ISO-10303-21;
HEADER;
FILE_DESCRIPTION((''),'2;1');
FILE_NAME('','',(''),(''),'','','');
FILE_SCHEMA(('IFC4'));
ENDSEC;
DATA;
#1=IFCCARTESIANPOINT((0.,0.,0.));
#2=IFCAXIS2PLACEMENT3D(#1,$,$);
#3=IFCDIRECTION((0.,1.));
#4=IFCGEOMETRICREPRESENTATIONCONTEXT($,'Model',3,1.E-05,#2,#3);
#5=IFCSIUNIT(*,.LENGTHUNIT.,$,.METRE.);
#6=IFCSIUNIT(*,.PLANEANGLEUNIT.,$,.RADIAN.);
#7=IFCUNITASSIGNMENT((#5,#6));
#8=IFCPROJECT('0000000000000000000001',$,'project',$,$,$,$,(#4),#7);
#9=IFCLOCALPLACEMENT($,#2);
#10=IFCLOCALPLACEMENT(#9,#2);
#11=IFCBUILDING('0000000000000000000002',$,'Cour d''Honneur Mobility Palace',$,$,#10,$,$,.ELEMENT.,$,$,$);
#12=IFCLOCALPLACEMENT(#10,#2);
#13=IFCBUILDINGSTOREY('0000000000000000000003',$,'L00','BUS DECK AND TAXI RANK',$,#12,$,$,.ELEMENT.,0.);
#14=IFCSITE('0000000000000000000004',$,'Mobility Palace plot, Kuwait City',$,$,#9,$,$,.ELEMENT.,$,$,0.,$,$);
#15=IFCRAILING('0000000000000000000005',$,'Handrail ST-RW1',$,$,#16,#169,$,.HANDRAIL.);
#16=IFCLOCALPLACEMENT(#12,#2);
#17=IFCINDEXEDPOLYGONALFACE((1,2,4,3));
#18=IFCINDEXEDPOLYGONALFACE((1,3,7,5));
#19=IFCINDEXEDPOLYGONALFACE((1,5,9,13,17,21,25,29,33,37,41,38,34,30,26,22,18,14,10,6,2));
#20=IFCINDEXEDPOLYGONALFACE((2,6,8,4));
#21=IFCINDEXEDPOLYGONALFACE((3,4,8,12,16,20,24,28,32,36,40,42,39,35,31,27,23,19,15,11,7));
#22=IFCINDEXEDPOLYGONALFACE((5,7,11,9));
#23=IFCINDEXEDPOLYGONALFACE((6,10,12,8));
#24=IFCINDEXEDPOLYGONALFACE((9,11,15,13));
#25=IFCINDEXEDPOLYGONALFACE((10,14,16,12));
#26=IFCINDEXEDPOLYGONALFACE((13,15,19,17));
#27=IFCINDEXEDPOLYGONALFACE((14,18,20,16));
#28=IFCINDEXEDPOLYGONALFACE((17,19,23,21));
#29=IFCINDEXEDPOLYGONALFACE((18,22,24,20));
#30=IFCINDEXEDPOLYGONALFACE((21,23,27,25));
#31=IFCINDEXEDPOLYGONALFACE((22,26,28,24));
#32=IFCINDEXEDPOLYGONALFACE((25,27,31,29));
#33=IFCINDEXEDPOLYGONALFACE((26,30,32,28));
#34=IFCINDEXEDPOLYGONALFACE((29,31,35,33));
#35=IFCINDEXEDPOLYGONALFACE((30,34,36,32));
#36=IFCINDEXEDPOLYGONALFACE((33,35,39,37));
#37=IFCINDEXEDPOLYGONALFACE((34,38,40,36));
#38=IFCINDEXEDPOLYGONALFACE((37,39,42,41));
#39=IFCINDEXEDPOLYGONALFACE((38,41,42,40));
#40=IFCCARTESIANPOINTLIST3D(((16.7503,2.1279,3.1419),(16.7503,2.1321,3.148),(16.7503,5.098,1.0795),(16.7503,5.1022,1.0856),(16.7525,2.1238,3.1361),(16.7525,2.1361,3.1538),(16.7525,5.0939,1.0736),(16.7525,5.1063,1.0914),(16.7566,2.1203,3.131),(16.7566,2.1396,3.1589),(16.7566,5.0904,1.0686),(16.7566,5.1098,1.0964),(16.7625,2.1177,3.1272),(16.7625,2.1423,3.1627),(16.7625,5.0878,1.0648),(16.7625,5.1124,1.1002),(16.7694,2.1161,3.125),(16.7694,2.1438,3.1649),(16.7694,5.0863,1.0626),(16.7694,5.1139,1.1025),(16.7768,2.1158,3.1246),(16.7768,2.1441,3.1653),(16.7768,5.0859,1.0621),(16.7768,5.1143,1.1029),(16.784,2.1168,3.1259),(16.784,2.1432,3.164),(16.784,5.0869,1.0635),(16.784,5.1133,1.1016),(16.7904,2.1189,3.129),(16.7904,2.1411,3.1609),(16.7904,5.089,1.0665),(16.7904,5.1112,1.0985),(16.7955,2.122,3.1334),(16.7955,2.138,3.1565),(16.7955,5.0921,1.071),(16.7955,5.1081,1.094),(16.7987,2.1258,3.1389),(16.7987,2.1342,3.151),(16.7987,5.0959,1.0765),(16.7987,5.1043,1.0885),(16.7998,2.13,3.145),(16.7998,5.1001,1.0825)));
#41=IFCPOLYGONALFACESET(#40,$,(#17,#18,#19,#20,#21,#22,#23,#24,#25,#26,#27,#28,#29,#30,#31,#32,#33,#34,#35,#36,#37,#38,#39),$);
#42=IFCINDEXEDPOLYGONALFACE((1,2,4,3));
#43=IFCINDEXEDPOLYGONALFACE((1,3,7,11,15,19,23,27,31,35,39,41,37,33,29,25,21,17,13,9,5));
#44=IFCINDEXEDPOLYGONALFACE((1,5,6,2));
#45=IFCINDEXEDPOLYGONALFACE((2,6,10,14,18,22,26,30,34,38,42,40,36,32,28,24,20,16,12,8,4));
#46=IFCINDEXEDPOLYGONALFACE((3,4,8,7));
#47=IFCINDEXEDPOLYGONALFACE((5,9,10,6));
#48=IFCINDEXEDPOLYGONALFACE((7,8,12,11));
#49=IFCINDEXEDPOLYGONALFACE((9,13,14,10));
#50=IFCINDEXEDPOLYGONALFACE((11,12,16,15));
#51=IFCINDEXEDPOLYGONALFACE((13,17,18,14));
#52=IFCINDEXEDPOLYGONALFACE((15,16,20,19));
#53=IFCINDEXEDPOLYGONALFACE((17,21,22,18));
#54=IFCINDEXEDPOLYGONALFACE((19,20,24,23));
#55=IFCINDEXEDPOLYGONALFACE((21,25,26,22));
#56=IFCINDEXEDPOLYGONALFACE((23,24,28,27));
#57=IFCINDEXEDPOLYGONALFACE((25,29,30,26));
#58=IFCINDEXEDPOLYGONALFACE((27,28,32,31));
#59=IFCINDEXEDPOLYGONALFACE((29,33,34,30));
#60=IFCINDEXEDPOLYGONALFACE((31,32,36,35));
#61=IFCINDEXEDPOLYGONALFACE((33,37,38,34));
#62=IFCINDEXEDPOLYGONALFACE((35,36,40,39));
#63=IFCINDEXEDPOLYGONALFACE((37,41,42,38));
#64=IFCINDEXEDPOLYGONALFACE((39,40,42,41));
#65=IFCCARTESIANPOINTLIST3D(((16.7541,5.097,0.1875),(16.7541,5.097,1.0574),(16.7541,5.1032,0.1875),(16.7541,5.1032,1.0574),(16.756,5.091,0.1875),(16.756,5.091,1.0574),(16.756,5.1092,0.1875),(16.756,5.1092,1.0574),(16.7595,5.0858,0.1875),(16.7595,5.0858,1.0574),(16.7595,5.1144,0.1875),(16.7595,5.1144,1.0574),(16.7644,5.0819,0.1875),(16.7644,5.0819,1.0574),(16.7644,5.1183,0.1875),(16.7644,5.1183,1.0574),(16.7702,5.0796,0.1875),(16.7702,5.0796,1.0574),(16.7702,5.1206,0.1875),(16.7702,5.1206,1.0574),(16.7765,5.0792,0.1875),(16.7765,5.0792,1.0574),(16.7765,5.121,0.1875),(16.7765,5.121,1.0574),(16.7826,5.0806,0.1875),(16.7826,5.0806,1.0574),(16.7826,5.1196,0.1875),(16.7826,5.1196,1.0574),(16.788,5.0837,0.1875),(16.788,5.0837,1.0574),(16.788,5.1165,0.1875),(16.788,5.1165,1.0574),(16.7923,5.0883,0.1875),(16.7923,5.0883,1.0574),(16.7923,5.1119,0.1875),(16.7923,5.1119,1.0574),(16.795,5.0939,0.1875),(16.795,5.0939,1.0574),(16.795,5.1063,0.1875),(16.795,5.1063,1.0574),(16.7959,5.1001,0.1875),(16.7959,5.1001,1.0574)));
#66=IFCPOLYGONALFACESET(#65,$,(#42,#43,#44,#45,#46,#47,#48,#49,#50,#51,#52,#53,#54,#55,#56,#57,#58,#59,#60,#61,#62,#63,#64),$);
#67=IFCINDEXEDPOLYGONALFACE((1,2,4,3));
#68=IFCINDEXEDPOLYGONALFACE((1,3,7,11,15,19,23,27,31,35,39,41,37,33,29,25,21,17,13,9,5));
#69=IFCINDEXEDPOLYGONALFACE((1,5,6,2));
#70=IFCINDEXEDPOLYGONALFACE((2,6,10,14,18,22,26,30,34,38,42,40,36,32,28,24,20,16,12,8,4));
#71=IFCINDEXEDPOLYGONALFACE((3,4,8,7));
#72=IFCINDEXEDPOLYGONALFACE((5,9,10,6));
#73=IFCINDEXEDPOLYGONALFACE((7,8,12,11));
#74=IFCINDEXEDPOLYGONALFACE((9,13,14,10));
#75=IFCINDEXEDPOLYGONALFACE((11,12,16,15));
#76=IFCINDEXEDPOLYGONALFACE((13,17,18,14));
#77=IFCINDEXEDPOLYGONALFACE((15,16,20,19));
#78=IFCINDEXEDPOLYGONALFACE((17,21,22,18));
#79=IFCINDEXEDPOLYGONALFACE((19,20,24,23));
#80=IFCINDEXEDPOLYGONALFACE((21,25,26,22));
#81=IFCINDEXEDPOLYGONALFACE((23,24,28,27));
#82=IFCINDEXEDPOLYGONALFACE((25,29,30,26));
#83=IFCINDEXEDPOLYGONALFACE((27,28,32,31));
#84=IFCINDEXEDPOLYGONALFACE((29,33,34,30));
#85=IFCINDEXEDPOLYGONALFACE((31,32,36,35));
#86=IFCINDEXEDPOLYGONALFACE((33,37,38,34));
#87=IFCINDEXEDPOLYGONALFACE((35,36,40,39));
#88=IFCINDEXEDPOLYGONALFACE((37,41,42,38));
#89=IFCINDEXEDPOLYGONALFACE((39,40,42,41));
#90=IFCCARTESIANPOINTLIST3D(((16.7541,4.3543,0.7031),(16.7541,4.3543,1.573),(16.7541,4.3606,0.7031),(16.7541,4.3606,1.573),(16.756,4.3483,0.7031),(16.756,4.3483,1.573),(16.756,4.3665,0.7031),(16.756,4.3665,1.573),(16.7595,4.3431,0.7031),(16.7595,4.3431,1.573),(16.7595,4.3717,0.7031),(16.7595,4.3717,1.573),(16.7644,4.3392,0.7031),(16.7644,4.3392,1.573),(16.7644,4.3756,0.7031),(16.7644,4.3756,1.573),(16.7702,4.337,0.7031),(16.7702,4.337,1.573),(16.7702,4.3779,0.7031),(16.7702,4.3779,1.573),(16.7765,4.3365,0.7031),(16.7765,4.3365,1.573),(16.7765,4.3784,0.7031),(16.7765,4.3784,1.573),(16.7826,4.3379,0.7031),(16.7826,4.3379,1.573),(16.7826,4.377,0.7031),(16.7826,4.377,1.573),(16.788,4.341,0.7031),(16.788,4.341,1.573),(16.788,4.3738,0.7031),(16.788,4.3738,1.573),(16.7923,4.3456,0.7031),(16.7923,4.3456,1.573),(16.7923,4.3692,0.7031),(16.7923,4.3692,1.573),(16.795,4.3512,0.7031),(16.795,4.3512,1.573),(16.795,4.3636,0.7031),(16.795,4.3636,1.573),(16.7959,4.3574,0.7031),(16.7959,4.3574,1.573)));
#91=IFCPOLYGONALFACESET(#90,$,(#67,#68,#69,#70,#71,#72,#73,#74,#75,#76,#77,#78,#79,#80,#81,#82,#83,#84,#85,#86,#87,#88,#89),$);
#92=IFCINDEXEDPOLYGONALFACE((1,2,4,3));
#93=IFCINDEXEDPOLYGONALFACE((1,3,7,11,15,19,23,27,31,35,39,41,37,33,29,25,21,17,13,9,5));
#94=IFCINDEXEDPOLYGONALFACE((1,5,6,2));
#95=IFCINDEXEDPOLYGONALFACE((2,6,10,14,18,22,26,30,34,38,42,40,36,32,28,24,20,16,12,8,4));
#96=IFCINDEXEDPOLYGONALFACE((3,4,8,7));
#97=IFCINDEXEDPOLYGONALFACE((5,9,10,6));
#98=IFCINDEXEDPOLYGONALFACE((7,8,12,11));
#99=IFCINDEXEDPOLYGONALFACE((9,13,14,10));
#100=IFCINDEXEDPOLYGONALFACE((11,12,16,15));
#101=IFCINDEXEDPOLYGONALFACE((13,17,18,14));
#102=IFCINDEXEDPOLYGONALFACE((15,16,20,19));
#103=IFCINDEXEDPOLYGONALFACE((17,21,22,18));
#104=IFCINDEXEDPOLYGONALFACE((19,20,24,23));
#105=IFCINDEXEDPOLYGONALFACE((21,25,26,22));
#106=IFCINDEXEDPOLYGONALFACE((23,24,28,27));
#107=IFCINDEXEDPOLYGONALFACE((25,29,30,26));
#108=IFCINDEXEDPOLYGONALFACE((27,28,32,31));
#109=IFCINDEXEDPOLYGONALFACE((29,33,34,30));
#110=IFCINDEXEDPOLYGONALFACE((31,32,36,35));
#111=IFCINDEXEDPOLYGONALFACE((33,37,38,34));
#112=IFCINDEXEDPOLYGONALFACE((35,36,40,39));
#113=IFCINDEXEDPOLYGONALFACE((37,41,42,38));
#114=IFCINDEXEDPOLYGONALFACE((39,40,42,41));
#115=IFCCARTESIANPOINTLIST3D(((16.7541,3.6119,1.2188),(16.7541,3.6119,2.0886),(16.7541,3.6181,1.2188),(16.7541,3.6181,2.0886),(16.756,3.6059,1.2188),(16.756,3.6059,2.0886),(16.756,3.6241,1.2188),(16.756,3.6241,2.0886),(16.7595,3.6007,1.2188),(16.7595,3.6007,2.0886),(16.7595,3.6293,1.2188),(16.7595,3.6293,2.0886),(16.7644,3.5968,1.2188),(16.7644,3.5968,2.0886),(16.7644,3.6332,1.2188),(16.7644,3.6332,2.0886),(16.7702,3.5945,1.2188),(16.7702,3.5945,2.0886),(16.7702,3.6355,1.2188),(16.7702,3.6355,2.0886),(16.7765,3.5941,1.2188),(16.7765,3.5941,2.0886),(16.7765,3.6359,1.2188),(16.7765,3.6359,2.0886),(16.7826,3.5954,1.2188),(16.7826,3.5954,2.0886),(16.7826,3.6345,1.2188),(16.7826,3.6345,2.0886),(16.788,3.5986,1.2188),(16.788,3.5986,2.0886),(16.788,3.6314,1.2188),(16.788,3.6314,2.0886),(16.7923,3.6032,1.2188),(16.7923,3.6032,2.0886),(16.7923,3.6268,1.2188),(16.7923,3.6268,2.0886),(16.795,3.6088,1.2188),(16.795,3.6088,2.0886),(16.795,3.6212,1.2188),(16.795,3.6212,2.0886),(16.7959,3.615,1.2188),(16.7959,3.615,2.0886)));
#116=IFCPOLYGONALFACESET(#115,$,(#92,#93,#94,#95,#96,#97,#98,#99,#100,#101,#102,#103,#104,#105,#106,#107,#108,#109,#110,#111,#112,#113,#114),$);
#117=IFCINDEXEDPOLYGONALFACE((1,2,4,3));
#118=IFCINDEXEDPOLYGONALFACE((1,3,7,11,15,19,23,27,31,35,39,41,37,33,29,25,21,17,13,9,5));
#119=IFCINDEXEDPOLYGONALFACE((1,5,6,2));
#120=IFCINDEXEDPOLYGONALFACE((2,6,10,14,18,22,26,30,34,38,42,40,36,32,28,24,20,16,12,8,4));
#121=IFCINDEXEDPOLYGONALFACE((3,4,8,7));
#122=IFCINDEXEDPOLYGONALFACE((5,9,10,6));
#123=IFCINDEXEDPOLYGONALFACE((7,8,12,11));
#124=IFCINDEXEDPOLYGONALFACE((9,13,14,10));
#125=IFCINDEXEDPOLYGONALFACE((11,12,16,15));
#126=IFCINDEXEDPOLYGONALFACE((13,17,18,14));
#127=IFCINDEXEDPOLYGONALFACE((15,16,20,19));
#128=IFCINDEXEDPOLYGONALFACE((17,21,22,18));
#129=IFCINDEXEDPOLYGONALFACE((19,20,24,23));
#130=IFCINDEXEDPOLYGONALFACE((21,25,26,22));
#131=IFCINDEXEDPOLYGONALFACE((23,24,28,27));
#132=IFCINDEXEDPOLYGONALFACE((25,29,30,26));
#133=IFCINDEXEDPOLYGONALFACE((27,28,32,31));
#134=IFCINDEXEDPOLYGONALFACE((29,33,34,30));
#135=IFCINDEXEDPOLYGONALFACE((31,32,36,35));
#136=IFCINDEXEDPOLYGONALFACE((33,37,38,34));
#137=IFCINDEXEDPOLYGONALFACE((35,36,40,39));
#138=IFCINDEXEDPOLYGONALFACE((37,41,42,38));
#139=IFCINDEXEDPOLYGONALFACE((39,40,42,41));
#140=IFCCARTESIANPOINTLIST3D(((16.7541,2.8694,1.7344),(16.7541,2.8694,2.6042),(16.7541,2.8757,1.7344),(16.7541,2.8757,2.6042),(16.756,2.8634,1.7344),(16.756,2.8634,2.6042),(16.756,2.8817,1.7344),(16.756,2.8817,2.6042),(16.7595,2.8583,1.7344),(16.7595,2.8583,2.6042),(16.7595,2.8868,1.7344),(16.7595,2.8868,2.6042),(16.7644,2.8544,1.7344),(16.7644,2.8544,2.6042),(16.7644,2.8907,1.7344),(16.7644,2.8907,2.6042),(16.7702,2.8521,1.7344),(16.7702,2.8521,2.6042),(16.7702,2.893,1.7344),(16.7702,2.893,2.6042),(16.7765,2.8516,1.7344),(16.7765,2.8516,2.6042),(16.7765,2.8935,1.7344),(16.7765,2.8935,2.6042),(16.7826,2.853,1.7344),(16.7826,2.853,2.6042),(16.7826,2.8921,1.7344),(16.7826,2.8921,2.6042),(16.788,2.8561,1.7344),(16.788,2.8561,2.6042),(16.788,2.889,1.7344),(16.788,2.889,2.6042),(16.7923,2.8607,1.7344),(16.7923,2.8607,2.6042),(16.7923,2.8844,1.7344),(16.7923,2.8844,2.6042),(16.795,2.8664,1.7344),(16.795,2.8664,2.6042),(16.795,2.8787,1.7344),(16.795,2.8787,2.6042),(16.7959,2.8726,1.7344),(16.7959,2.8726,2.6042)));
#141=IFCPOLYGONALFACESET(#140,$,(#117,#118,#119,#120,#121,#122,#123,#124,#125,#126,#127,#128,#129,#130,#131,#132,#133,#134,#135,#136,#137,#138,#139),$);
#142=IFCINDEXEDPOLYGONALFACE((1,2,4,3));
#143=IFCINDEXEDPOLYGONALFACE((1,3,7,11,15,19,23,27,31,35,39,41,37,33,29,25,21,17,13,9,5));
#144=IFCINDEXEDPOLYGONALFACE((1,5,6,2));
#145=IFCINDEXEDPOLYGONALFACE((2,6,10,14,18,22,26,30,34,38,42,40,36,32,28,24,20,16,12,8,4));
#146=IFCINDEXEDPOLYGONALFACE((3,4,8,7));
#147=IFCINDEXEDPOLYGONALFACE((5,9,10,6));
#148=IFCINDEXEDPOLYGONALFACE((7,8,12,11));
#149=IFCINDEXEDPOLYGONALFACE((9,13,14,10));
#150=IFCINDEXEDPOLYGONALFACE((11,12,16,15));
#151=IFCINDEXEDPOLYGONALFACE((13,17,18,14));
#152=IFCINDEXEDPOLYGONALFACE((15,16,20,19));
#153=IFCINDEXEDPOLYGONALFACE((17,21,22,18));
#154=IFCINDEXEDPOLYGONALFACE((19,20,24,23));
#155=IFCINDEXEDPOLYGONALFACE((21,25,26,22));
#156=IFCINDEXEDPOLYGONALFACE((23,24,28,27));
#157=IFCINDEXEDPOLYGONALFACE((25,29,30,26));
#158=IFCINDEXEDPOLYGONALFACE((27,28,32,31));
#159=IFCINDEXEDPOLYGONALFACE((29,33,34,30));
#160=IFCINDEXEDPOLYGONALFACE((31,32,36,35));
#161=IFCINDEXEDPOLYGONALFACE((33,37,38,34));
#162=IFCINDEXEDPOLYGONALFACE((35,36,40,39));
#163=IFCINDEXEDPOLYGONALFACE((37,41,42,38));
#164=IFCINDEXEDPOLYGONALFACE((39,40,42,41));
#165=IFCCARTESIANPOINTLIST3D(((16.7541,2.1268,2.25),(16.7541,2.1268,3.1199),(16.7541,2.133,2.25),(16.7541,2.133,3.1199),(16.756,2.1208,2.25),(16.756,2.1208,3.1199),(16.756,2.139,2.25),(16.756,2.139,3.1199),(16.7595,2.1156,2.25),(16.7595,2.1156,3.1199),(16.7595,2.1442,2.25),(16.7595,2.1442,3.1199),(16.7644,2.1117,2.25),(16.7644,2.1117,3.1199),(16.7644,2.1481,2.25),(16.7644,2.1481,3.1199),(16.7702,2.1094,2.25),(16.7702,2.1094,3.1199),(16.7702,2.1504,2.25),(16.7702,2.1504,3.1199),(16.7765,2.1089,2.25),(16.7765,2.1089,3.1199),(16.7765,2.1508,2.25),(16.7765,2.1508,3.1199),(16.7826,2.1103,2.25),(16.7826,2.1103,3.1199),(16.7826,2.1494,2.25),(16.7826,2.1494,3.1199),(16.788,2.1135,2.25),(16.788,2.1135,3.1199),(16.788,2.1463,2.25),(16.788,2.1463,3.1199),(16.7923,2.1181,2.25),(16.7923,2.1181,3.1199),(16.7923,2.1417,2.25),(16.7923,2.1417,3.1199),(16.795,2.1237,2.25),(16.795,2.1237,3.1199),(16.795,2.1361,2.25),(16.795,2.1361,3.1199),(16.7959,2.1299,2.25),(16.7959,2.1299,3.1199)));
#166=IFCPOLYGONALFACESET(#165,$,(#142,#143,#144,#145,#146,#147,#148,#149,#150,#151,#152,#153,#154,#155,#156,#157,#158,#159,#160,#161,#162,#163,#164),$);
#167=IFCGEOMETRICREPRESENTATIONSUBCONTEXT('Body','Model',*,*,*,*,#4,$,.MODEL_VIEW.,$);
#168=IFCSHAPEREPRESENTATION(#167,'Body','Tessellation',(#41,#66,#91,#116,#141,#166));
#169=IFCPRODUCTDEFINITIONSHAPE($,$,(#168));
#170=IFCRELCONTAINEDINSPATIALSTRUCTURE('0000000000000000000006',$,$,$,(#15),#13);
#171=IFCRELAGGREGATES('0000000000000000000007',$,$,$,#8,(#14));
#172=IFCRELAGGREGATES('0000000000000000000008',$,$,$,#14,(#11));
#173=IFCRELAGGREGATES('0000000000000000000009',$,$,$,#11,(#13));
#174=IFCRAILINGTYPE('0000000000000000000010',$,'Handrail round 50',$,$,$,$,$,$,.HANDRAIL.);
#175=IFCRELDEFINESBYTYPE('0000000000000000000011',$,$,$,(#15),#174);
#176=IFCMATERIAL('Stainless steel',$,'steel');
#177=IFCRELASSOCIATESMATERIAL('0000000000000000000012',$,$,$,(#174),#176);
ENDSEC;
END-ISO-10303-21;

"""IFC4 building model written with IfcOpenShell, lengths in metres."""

from ifc_helpers import new_model, si_unit, direction, frame, origin, origin_2d, place, context, subcontext, project, spatial, circle, extrude, material, type_object, element, save


model = new_model("IFC4")

# Units and contexts
model_context = context("Model", 3, precision=1e-05, world=origin(), true_north=direction((0.0, 1.0)))
body_context = subcontext(model_context, "Body", "Model", "MODEL_VIEW")
ifc_project = project(units=[si_unit("LENGTHUNIT", "METRE"), si_unit("PLANEANGLEUNIT", "RADIAN")], contexts=[model_context])

# Site, building, storey
site_placement = place(None, origin())
site = spatial("IfcSite", under=ifc_project, at=site_placement, Name="Mobility Palace plot, Kuwait City", CompositionType="ELEMENT", RefElevation=0.0)
building_placement = place(site_placement, origin())
building = spatial("IfcBuilding", under=site, at=building_placement, Name="Cour d'Honneur Mobility Palace", CompositionType="ELEMENT")
storey_placement = place(building_placement, origin())
storey = spatial("IfcBuildingStorey", under=building, at=storey_placement, Name="L00", Description="BUS DECK AND TAXI RANK", CompositionType="ELEMENT", Elevation=0.0)

# Railing
ifc_material_1 = material(Name="Stainless steel", Category="steel")
railing_type_1 = type_object("IfcRailingType", Name="Handrail round 50", PredefinedType="HANDRAIL", material=ifc_material_1)
for number, where, name in (
    (1, (16.7749, 5.1001, 0.1875), "Handrail ST-RW1"),
):
    element("IfcRailing", number, at=place(storey_placement, frame(where)), inside=storey, type_object=railing_type_1, Name=name, PredefinedType="HANDRAIL", context=body_context, shape_type="SweptSolid", body=[
        extrude(circle(Radius=0.0249, at=origin_2d()), frame((0.0, 0.0, 0.895), z_axis=(0.0, -0.821389, 0.570368), x_axis=(1.0, 0.0, 0.0)), (0.0, 0.0, 1.0), 3.616),
        extrude(circle(Radius=0.021, at=origin_2d()), origin(), (0.0, 0.0, 1.0), 0.8699),
        extrude(circle(Radius=0.021, at=origin_2d()), frame((0.0, -0.7427, 0.5156)), (0.0, 0.0, 1.0), 0.8699),
        extrude(circle(Radius=0.021, at=origin_2d()), frame((0.0, -1.4851, 1.0312)), (0.0, 0.0, 1.0), 0.8699),
        extrude(circle(Radius=0.021, at=origin_2d()), frame((0.0, -2.2275, 1.5469)), (0.0, 0.0, 1.0), 0.8699),
        extrude(circle(Radius=0.021, at=origin_2d()), frame((0.0, -2.9702, 2.0625)), (0.0, 0.0, 1.0), 0.8699),
    ])

save(model, "model.ifc")
